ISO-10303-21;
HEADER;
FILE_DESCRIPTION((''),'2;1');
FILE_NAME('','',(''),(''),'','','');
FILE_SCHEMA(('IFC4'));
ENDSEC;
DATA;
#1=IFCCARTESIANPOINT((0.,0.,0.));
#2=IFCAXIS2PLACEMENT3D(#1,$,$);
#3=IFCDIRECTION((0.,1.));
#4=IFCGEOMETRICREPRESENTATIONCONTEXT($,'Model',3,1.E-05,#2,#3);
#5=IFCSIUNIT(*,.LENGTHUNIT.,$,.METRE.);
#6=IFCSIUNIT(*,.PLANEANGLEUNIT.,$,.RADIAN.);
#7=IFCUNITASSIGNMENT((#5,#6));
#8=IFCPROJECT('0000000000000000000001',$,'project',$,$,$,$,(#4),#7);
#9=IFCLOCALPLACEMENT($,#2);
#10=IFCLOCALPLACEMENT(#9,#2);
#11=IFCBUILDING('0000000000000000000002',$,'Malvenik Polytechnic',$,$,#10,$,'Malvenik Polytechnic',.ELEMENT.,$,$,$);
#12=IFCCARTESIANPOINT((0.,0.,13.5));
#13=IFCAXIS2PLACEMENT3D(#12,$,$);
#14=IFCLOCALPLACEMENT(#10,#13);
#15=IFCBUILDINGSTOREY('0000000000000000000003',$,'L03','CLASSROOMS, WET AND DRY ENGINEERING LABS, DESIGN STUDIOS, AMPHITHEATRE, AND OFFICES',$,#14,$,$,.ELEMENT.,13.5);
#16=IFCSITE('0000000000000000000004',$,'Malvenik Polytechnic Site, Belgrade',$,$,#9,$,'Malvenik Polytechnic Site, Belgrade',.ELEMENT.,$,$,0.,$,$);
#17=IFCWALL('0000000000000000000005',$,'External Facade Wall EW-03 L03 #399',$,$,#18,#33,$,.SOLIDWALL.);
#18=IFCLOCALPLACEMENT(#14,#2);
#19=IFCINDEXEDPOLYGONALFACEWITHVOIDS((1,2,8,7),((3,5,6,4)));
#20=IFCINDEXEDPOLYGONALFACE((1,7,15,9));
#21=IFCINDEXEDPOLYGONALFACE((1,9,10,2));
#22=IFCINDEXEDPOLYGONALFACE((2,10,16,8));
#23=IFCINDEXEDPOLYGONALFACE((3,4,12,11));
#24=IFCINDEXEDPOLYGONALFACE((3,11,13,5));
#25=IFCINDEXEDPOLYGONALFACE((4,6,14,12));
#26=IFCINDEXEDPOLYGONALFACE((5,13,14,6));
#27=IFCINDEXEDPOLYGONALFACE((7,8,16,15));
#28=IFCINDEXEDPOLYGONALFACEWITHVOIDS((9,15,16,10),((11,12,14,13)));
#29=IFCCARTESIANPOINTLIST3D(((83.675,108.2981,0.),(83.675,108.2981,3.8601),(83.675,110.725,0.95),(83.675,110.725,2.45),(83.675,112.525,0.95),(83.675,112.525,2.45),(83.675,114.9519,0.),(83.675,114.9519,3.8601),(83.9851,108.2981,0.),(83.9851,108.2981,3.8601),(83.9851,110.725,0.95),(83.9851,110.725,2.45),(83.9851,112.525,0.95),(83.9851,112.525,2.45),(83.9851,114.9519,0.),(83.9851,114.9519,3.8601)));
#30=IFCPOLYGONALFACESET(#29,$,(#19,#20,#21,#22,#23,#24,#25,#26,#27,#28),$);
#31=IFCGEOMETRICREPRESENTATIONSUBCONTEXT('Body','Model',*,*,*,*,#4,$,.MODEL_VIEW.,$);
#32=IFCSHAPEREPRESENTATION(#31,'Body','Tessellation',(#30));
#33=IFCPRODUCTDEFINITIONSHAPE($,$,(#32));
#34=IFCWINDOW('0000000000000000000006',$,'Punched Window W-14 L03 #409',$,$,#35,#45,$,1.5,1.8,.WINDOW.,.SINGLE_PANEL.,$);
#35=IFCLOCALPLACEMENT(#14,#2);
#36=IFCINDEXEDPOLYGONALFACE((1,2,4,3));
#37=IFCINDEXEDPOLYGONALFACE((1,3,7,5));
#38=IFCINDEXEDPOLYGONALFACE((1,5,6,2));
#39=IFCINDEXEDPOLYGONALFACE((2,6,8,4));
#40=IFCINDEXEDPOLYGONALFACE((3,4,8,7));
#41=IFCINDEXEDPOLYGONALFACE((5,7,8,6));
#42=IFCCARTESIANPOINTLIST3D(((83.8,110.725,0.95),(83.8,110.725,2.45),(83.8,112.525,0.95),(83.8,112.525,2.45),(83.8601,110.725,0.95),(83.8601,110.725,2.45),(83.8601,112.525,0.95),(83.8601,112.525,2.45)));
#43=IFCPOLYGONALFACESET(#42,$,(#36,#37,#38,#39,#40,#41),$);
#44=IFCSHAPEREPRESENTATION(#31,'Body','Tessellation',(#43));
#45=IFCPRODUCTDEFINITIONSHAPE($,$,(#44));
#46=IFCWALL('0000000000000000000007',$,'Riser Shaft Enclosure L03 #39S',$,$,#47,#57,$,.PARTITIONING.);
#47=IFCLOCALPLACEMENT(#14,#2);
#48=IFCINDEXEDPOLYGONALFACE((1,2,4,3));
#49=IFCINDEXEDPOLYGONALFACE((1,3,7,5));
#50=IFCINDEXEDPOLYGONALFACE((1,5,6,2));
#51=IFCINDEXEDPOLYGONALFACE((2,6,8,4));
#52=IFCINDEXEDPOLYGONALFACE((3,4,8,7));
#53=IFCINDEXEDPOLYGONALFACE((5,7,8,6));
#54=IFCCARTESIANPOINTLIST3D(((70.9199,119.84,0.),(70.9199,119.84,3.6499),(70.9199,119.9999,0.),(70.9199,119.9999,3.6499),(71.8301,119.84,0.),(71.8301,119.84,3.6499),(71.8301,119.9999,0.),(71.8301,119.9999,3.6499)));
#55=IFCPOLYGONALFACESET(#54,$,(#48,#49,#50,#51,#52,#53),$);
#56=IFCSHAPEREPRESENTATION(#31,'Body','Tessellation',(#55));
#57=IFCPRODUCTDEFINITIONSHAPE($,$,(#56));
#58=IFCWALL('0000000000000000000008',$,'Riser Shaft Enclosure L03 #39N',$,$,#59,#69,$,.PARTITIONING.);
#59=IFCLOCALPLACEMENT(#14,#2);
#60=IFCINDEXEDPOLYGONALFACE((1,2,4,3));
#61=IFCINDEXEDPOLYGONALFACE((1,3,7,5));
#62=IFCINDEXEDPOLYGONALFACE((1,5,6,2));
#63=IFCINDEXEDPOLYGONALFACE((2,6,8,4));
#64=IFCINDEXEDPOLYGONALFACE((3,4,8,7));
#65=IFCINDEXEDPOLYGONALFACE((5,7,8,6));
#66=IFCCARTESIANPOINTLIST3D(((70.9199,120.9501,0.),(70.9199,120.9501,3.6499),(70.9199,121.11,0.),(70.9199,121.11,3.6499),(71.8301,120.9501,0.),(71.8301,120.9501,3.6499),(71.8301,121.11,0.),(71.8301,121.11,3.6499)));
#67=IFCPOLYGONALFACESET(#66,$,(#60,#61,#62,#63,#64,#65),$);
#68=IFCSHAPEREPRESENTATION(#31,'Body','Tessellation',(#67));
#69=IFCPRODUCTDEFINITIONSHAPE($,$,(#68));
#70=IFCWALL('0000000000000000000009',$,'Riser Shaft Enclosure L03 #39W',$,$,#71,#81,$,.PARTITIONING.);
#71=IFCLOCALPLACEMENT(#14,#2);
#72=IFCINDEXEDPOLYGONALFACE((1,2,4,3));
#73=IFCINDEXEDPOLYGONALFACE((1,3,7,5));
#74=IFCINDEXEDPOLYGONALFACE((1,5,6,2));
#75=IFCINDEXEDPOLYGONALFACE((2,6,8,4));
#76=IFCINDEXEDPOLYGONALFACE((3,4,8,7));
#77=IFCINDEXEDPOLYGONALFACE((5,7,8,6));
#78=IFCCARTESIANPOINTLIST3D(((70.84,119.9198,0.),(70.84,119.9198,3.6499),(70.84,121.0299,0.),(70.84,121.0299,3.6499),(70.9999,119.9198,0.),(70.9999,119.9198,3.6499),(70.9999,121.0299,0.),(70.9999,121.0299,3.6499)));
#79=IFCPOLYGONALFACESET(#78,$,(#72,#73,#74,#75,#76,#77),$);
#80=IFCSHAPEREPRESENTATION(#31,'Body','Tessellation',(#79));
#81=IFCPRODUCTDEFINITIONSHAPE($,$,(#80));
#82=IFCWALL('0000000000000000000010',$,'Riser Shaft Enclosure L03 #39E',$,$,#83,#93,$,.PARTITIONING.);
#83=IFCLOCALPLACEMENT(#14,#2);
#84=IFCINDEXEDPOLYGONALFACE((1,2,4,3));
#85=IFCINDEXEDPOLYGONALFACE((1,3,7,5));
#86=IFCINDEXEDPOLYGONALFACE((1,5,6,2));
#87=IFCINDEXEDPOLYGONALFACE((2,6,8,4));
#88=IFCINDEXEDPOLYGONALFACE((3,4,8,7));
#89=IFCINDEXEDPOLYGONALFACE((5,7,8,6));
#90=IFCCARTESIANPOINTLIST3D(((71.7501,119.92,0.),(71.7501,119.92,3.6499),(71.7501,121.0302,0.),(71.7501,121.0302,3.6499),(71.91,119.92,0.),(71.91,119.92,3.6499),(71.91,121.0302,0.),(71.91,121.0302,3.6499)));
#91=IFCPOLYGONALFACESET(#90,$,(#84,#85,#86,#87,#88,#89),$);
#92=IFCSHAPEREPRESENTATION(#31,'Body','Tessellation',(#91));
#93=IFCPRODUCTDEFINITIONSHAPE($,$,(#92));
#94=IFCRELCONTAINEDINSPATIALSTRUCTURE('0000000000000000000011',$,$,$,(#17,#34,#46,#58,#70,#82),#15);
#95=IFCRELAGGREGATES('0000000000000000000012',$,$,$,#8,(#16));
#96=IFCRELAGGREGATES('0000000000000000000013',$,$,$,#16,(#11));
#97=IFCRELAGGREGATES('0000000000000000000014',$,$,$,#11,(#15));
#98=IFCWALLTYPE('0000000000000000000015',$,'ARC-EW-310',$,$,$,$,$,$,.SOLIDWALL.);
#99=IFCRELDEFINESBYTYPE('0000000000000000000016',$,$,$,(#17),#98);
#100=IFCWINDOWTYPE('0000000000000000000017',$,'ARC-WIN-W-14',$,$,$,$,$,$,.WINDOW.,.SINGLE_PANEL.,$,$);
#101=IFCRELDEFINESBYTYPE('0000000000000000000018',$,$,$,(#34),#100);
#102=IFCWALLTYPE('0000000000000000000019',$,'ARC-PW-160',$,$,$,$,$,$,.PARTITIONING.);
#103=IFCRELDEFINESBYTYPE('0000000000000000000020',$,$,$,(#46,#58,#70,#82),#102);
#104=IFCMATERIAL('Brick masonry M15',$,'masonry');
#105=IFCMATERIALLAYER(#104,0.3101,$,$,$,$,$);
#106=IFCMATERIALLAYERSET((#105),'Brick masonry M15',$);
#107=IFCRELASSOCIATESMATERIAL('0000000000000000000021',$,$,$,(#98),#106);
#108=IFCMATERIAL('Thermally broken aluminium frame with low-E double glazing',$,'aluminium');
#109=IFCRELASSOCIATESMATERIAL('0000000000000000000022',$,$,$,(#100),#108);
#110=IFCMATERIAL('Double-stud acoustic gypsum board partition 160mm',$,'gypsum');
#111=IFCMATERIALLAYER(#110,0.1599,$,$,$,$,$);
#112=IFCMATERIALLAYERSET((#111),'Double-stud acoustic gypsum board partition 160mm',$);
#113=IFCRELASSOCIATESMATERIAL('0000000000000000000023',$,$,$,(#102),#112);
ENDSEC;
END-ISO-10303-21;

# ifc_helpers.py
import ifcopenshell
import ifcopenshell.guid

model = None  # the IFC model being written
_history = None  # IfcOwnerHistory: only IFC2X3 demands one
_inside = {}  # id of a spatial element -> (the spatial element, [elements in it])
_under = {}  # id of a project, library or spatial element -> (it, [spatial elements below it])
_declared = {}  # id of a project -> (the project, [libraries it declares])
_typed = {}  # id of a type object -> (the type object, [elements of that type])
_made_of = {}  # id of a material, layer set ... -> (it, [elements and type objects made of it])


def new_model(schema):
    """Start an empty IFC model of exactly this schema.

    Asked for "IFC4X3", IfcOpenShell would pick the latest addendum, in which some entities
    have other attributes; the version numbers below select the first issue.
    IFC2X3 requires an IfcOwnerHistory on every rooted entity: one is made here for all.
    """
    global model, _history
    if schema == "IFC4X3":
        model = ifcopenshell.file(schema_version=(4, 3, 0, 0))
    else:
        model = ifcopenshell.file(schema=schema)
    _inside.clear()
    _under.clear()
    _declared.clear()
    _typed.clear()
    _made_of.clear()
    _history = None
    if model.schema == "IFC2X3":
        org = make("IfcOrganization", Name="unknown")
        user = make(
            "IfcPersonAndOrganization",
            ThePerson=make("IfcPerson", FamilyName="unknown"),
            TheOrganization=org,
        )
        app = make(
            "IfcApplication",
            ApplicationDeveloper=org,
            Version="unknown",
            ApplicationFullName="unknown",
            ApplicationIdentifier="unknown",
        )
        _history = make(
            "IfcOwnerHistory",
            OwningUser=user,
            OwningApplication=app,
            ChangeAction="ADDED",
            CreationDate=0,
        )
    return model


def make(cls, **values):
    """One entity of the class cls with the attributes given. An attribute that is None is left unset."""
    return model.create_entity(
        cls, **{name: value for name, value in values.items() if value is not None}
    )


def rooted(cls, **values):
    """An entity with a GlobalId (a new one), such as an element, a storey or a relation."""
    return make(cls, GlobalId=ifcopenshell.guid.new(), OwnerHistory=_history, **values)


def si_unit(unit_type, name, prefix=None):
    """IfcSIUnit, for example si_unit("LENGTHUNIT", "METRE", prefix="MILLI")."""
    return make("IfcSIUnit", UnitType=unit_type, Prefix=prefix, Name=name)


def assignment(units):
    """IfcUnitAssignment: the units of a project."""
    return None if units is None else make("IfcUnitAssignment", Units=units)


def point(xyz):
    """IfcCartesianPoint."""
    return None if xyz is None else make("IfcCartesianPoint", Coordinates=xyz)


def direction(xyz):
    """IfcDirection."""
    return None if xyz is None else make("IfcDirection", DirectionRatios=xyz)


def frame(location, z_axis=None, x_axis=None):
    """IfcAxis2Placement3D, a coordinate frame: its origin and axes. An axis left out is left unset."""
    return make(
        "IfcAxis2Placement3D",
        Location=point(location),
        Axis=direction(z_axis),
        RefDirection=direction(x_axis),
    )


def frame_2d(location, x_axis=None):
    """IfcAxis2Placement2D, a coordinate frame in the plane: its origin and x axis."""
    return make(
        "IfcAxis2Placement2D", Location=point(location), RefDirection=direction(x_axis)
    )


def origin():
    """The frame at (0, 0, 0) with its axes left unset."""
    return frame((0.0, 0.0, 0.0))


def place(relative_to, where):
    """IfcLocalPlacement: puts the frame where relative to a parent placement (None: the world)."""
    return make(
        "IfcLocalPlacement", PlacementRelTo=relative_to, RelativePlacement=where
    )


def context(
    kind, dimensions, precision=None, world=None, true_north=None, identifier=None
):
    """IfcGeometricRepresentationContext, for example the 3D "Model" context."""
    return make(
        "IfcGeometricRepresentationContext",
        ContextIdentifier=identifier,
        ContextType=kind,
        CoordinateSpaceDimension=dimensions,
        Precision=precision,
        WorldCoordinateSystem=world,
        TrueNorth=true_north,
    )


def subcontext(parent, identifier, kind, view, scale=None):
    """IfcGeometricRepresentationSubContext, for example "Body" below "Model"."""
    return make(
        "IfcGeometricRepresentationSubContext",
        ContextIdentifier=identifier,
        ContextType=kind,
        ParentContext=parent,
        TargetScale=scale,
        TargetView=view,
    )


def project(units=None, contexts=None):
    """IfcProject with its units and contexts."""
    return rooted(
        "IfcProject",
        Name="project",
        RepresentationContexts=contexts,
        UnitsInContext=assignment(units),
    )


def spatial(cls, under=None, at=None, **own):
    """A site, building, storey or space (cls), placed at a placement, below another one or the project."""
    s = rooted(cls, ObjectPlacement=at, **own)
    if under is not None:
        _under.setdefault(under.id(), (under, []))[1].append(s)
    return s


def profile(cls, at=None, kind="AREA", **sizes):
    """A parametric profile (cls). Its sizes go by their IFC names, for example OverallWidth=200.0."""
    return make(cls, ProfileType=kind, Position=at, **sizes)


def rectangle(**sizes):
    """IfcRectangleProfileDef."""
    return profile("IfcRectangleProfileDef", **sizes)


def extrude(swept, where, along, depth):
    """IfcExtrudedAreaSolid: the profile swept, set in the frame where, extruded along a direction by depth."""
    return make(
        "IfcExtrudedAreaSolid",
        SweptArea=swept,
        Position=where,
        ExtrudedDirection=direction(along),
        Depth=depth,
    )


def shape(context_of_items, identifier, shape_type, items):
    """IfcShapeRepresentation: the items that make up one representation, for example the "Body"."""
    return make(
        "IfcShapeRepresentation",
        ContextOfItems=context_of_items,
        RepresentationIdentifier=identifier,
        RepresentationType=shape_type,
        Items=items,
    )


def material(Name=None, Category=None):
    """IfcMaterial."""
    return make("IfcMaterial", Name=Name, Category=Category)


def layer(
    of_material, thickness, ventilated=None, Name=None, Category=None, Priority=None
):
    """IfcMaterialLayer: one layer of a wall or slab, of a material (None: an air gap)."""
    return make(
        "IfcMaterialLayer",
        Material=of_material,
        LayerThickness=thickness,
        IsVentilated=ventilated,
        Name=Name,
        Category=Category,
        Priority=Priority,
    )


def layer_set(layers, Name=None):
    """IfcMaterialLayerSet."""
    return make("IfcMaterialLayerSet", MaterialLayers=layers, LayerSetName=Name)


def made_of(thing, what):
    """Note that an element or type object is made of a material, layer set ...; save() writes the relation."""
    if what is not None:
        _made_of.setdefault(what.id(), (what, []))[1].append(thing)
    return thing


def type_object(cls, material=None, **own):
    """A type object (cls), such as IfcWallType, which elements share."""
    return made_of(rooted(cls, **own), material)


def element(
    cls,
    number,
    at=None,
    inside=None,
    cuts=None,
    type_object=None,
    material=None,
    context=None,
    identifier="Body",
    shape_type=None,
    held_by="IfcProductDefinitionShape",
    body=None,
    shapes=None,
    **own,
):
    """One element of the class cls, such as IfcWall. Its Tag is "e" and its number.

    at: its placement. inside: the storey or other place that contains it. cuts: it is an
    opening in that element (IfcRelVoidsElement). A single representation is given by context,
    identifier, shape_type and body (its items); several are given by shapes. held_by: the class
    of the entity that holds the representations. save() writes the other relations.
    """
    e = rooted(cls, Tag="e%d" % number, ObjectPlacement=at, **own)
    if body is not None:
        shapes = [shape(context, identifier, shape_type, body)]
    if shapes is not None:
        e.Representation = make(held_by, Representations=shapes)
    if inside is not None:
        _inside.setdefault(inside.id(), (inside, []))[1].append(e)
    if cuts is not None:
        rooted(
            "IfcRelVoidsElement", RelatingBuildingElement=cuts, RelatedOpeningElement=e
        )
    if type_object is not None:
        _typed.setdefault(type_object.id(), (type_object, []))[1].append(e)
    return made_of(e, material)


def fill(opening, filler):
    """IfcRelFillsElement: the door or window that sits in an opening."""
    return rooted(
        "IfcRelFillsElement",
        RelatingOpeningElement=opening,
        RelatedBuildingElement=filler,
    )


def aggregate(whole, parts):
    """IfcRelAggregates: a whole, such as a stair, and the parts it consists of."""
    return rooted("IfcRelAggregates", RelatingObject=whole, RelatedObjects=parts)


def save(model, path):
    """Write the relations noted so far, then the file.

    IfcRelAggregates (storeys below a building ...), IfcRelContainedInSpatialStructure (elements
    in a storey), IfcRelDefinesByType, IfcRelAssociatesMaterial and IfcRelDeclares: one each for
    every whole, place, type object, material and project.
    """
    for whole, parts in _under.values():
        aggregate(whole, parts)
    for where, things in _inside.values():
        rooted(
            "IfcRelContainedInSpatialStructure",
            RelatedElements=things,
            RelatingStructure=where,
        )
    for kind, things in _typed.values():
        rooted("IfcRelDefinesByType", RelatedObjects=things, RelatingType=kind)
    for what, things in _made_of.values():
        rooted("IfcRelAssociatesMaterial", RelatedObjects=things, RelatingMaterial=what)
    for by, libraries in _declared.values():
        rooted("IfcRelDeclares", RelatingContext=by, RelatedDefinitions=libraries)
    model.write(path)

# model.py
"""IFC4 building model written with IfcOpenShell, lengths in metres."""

from ifc_helpers import new_model, si_unit, direction, frame, frame_2d, origin, place, context, subcontext, project, spatial, rectangle, extrude, material, layer, layer_set, type_object, element, fill, save


model = new_model("IFC4")

# Units and contexts
model_context = context("Model", 3, precision=1e-05, world=origin(), true_north=direction((0.0, 1.0)))
body_context = subcontext(model_context, "Body", "Model", "MODEL_VIEW")
ifc_project = project(units=[si_unit("LENGTHUNIT", "METRE"), si_unit("PLANEANGLEUNIT", "RADIAN")], contexts=[model_context])

# Site, building, storey
site_placement = place(None, origin())
site = spatial("IfcSite", under=ifc_project, at=site_placement, Name="Malvenik Polytechnic Site, Belgrade", LongName="Malvenik Polytechnic Site, Belgrade", CompositionType="ELEMENT", RefElevation=0.0)
building_placement = place(site_placement, origin())
building = spatial("IfcBuilding", under=site, at=building_placement, Name="Malvenik Polytechnic", LongName="Malvenik Polytechnic", CompositionType="ELEMENT")
storey_placement = place(building_placement, frame((0.0, 0.0, 13.5)))
storey = spatial("IfcBuildingStorey", under=building, at=storey_placement, Name="L03", Description="CLASSROOMS, WET AND DRY ENGINEERING LABS, DESIGN STUDIOS, AMPHITHEATRE, AND OFFICES", CompositionType="ELEMENT", Elevation=13.5)

# Shared definitions
ifc_material_1 = material(Name="Brick masonry M15", Category="masonry")
ifc_layer_1 = layer(ifc_material_1, 0.3101)
ifc_layer_set_1 = layer_set([ifc_layer_1], Name="Brick masonry M15")
wall_type_1 = type_object("IfcWallType", Name="ARC-EW-310", PredefinedType="SOLIDWALL", material=ifc_layer_set_1)
ifc_material_2 = material(Name="Thermally broken aluminium frame with low-E double glazing", Category="aluminium")

# Wall, opening, window
wall_1_placement = place(storey_placement, frame((83.8301, 114.9519, 0.0), z_axis=(0.0, 0.0, 1.0), x_axis=(0.0, -1.0, 0.0)))
wall_1 = element("IfcWall", 1, at=wall_1_placement, inside=storey, type_object=wall_type_1, Name="External Facade Wall EW-03 L03 #399", PredefinedType="SOLIDWALL", context=body_context, shape_type="SweptSolid", body=[
    extrude(rectangle(XDim=6.6538, YDim=0.3101, at=frame_2d((3.3269, 0.0))), origin(), (0.0, 0.0, 1.0), 3.8601),
])
opening_1_placement = place(wall_1_placement, frame((2.427, 0.0, 0.95)))
opening_1 = element("IfcOpeningElement", 2, at=opening_1_placement, cuts=wall_1, PredefinedType="OPENING", context=body_context, shape_type="SweptSolid", body=[
    extrude(rectangle(XDim=1.8, YDim=1.5, at=frame_2d((0.8999, 0.75))), frame((0.0, 0.165, 0.0), z_axis=(0.0, -1.0, 0.0), x_axis=(1.0, 0.0, 0.0)), (0.0, 0.0, 1.0), 0.3301),
])
window_type_1 = type_object("IfcWindowType", Name="ARC-WIN-W-14", PartitioningType="SINGLE_PANEL", PredefinedType="WINDOW", material=ifc_material_2)
window_1_placement = place(opening_1_placement, origin())
window_1 = element("IfcWindow", 3, at=window_1_placement, inside=storey, type_object=window_type_1, Name="Punched Window W-14 L03 #409", OverallHeight=1.5, OverallWidth=1.8, PartitioningType="SINGLE_PANEL", PredefinedType="WINDOW", context=body_context, shape_type="SweptSolid", body=[
    extrude(rectangle(XDim=1.8, YDim=1.5, at=frame_2d((0.8999, 0.75))), frame((0.0, 0.03, 0.0), z_axis=(0.0, -1.0, 0.0), x_axis=(1.0, 0.0, 0.0)), (0.0, 0.0, 1.0), 0.0601),
])
fill(opening_1, window_1)

# Walls
ifc_material_3 = material(Name="Double-stud acoustic gypsum board partition 160mm", Category="gypsum")
ifc_layer_2 = layer(ifc_material_3, 0.1599)
ifc_layer_set_2 = layer_set([ifc_layer_2], Name="Double-stud acoustic gypsum board partition 160mm")
wall_type_2 = type_object("IfcWallType", Name="ARC-PW-160", PredefinedType="PARTITIONING", material=ifc_layer_set_2)
for number, where, z_axis, x_axis, name in (
    (4, (70.9199, 119.9199, 0.0), (0.0, 0.0, 1.0), (1.0, 0.0, 0.0), "Riser Shaft Enclosure L03 #39S"),
    (5, (71.8301, 121.03, 0.0), (0.0, 0.0, 1.0), (-1.0, 0.0, 0.0), "Riser Shaft Enclosure L03 #39N"),
):
    element("IfcWall", number, at=place(storey_placement, frame(where, z_axis=z_axis, x_axis=x_axis)), inside=storey, type_object=wall_type_2, Name=name, PredefinedType="PARTITIONING", context=body_context, shape_type="SweptSolid", body=[
        extrude(rectangle(XDim=0.9102, YDim=0.1599, at=frame_2d((0.4551, 0.0))), origin(), (0.0, 0.0, 1.0), 3.6499),
    ])
for number, where, z_axis, x_axis, name in (
    (6, (70.9199, 121.03, 0.0), (0.0, 0.0, 1.0), (0.0, -1.0, 0.0), "Riser Shaft Enclosure L03 #39W"),
    (7, (71.8301, 119.9199, 0.0), (0.0, 0.0, 1.0), (0.0, 1.0, 0.0), "Riser Shaft Enclosure L03 #39E"),
):
    element("IfcWall", number, at=place(storey_placement, frame(where, z_axis=z_axis, x_axis=x_axis)), inside=storey, type_object=wall_type_2, Name=name, PredefinedType="PARTITIONING", context=body_context, shape_type="SweptSolid", body=[
        extrude(rectangle(XDim=1.1101, YDim=0.1599, at=frame_2d((0.5552, 0.0))), origin(), (0.0, 0.0, 1.0), 3.6499),
    ])

save(model, "model.ifc")
